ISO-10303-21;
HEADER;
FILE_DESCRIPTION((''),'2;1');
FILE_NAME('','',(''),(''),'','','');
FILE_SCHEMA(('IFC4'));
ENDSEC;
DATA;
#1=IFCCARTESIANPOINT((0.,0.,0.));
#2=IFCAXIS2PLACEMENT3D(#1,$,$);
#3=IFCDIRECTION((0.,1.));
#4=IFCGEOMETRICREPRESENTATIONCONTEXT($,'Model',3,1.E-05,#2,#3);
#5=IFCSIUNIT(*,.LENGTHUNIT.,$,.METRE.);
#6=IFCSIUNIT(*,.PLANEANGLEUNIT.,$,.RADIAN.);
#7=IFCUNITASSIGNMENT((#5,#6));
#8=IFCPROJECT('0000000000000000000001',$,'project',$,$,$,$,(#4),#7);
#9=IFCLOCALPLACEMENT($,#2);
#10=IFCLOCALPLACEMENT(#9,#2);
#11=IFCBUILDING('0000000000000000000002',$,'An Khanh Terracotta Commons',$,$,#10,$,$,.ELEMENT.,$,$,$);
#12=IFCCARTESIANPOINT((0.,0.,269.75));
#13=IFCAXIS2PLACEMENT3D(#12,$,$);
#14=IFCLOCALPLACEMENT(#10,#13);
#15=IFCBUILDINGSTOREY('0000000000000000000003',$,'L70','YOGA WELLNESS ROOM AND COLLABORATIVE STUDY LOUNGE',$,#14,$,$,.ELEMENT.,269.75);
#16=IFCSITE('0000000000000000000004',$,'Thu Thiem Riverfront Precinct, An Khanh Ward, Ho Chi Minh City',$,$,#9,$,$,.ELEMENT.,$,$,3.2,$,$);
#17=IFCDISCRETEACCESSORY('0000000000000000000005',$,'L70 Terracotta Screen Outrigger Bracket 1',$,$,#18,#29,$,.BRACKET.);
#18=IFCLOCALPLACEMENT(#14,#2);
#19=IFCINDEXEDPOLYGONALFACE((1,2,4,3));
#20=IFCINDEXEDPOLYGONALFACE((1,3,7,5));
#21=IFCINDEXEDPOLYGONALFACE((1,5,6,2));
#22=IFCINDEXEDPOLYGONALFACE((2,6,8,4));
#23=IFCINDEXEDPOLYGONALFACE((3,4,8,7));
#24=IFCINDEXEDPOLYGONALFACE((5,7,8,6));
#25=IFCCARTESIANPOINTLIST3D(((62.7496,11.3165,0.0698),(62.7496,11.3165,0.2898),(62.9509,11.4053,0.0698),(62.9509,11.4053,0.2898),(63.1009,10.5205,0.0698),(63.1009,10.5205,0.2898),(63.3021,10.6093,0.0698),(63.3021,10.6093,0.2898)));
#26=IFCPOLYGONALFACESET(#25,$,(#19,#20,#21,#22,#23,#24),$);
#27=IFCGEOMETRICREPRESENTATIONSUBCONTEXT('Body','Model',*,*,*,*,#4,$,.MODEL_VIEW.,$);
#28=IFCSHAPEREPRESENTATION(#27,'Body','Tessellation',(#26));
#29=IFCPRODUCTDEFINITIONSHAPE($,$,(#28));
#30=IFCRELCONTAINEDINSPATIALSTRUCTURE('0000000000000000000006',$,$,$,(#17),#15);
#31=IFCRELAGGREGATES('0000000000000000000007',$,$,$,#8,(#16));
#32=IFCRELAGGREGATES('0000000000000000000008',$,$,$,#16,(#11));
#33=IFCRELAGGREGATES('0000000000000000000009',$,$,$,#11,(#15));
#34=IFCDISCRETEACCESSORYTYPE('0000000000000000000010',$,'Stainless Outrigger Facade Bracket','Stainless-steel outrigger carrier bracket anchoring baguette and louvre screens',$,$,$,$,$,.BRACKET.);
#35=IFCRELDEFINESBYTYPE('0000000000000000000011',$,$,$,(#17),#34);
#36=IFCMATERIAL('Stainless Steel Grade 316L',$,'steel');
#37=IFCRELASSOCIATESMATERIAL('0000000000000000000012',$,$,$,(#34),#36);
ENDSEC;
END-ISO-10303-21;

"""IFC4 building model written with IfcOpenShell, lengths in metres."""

from ifc_helpers import new_model, si_unit, direction, frame, origin, origin_2d, place, context, subcontext, project, spatial, rectangle, extrude, material, type_object, element, save


model = new_model("IFC4")

# Units and contexts
model_context = context("Model", 3, precision=1e-05, world=origin(), true_north=direction((0.0, 1.0)))
body_context = subcontext(model_context, "Body", "Model", "MODEL_VIEW")
ifc_project = project(units=[si_unit("LENGTHUNIT", "METRE"), si_unit("PLANEANGLEUNIT", "RADIAN")], contexts=[model_context])

# Site, building, storey
site_placement = place(None, origin())
site = spatial("IfcSite", under=ifc_project, at=site_placement, Name="Thu Thiem Riverfront Precinct, An Khanh Ward, Ho Chi Minh City", CompositionType="ELEMENT", RefElevation=3.2)
building_placement = place(site_placement, origin())
building = spatial("IfcBuilding", under=site, at=building_placement, Name="An Khanh Terracotta Commons", CompositionType="ELEMENT")
storey_placement = place(building_placement, frame((0.0, 0.0, 269.75)))
storey = spatial("IfcBuildingStorey", under=building, at=storey_placement, Name="L70", Description="YOGA WELLNESS ROOM AND COLLABORATIVE STUDY LOUNGE", CompositionType="ELEMENT", Elevation=269.75)

# Discrete accessory
ifc_material_1 = material(Name="Stainless Steel Grade 316L", Category="steel")
discrete_accessory_type = type_object("IfcDiscreteAccessoryType", Name="Stainless Outrigger Facade Bracket", Description="Stainless-steel outrigger carrier bracket anchoring baguette and louvre screens", PredefinedType="BRACKET", material=ifc_material_1)
discrete_accessory_placement = place(storey_placement, frame((63.0259, 10.9629, 0.0698), z_axis=(0.0, 0.0, 1.0), x_axis=(0.914902, 0.403676, 0.0)))
element("IfcDiscreteAccessory", 1, at=discrete_accessory_placement, inside=storey, type_object=discrete_accessory_type, Name="L70 Terracotta Screen Outrigger Bracket 1", PredefinedType="BRACKET", context=body_context, shape_type="SweptSolid", body=[
    extrude(rectangle(XDim=0.22, YDim=0.8701, at=origin_2d()), origin(), (0.0, 0.0, 1.0), 0.22),
])

save(model, "model.ifc")
